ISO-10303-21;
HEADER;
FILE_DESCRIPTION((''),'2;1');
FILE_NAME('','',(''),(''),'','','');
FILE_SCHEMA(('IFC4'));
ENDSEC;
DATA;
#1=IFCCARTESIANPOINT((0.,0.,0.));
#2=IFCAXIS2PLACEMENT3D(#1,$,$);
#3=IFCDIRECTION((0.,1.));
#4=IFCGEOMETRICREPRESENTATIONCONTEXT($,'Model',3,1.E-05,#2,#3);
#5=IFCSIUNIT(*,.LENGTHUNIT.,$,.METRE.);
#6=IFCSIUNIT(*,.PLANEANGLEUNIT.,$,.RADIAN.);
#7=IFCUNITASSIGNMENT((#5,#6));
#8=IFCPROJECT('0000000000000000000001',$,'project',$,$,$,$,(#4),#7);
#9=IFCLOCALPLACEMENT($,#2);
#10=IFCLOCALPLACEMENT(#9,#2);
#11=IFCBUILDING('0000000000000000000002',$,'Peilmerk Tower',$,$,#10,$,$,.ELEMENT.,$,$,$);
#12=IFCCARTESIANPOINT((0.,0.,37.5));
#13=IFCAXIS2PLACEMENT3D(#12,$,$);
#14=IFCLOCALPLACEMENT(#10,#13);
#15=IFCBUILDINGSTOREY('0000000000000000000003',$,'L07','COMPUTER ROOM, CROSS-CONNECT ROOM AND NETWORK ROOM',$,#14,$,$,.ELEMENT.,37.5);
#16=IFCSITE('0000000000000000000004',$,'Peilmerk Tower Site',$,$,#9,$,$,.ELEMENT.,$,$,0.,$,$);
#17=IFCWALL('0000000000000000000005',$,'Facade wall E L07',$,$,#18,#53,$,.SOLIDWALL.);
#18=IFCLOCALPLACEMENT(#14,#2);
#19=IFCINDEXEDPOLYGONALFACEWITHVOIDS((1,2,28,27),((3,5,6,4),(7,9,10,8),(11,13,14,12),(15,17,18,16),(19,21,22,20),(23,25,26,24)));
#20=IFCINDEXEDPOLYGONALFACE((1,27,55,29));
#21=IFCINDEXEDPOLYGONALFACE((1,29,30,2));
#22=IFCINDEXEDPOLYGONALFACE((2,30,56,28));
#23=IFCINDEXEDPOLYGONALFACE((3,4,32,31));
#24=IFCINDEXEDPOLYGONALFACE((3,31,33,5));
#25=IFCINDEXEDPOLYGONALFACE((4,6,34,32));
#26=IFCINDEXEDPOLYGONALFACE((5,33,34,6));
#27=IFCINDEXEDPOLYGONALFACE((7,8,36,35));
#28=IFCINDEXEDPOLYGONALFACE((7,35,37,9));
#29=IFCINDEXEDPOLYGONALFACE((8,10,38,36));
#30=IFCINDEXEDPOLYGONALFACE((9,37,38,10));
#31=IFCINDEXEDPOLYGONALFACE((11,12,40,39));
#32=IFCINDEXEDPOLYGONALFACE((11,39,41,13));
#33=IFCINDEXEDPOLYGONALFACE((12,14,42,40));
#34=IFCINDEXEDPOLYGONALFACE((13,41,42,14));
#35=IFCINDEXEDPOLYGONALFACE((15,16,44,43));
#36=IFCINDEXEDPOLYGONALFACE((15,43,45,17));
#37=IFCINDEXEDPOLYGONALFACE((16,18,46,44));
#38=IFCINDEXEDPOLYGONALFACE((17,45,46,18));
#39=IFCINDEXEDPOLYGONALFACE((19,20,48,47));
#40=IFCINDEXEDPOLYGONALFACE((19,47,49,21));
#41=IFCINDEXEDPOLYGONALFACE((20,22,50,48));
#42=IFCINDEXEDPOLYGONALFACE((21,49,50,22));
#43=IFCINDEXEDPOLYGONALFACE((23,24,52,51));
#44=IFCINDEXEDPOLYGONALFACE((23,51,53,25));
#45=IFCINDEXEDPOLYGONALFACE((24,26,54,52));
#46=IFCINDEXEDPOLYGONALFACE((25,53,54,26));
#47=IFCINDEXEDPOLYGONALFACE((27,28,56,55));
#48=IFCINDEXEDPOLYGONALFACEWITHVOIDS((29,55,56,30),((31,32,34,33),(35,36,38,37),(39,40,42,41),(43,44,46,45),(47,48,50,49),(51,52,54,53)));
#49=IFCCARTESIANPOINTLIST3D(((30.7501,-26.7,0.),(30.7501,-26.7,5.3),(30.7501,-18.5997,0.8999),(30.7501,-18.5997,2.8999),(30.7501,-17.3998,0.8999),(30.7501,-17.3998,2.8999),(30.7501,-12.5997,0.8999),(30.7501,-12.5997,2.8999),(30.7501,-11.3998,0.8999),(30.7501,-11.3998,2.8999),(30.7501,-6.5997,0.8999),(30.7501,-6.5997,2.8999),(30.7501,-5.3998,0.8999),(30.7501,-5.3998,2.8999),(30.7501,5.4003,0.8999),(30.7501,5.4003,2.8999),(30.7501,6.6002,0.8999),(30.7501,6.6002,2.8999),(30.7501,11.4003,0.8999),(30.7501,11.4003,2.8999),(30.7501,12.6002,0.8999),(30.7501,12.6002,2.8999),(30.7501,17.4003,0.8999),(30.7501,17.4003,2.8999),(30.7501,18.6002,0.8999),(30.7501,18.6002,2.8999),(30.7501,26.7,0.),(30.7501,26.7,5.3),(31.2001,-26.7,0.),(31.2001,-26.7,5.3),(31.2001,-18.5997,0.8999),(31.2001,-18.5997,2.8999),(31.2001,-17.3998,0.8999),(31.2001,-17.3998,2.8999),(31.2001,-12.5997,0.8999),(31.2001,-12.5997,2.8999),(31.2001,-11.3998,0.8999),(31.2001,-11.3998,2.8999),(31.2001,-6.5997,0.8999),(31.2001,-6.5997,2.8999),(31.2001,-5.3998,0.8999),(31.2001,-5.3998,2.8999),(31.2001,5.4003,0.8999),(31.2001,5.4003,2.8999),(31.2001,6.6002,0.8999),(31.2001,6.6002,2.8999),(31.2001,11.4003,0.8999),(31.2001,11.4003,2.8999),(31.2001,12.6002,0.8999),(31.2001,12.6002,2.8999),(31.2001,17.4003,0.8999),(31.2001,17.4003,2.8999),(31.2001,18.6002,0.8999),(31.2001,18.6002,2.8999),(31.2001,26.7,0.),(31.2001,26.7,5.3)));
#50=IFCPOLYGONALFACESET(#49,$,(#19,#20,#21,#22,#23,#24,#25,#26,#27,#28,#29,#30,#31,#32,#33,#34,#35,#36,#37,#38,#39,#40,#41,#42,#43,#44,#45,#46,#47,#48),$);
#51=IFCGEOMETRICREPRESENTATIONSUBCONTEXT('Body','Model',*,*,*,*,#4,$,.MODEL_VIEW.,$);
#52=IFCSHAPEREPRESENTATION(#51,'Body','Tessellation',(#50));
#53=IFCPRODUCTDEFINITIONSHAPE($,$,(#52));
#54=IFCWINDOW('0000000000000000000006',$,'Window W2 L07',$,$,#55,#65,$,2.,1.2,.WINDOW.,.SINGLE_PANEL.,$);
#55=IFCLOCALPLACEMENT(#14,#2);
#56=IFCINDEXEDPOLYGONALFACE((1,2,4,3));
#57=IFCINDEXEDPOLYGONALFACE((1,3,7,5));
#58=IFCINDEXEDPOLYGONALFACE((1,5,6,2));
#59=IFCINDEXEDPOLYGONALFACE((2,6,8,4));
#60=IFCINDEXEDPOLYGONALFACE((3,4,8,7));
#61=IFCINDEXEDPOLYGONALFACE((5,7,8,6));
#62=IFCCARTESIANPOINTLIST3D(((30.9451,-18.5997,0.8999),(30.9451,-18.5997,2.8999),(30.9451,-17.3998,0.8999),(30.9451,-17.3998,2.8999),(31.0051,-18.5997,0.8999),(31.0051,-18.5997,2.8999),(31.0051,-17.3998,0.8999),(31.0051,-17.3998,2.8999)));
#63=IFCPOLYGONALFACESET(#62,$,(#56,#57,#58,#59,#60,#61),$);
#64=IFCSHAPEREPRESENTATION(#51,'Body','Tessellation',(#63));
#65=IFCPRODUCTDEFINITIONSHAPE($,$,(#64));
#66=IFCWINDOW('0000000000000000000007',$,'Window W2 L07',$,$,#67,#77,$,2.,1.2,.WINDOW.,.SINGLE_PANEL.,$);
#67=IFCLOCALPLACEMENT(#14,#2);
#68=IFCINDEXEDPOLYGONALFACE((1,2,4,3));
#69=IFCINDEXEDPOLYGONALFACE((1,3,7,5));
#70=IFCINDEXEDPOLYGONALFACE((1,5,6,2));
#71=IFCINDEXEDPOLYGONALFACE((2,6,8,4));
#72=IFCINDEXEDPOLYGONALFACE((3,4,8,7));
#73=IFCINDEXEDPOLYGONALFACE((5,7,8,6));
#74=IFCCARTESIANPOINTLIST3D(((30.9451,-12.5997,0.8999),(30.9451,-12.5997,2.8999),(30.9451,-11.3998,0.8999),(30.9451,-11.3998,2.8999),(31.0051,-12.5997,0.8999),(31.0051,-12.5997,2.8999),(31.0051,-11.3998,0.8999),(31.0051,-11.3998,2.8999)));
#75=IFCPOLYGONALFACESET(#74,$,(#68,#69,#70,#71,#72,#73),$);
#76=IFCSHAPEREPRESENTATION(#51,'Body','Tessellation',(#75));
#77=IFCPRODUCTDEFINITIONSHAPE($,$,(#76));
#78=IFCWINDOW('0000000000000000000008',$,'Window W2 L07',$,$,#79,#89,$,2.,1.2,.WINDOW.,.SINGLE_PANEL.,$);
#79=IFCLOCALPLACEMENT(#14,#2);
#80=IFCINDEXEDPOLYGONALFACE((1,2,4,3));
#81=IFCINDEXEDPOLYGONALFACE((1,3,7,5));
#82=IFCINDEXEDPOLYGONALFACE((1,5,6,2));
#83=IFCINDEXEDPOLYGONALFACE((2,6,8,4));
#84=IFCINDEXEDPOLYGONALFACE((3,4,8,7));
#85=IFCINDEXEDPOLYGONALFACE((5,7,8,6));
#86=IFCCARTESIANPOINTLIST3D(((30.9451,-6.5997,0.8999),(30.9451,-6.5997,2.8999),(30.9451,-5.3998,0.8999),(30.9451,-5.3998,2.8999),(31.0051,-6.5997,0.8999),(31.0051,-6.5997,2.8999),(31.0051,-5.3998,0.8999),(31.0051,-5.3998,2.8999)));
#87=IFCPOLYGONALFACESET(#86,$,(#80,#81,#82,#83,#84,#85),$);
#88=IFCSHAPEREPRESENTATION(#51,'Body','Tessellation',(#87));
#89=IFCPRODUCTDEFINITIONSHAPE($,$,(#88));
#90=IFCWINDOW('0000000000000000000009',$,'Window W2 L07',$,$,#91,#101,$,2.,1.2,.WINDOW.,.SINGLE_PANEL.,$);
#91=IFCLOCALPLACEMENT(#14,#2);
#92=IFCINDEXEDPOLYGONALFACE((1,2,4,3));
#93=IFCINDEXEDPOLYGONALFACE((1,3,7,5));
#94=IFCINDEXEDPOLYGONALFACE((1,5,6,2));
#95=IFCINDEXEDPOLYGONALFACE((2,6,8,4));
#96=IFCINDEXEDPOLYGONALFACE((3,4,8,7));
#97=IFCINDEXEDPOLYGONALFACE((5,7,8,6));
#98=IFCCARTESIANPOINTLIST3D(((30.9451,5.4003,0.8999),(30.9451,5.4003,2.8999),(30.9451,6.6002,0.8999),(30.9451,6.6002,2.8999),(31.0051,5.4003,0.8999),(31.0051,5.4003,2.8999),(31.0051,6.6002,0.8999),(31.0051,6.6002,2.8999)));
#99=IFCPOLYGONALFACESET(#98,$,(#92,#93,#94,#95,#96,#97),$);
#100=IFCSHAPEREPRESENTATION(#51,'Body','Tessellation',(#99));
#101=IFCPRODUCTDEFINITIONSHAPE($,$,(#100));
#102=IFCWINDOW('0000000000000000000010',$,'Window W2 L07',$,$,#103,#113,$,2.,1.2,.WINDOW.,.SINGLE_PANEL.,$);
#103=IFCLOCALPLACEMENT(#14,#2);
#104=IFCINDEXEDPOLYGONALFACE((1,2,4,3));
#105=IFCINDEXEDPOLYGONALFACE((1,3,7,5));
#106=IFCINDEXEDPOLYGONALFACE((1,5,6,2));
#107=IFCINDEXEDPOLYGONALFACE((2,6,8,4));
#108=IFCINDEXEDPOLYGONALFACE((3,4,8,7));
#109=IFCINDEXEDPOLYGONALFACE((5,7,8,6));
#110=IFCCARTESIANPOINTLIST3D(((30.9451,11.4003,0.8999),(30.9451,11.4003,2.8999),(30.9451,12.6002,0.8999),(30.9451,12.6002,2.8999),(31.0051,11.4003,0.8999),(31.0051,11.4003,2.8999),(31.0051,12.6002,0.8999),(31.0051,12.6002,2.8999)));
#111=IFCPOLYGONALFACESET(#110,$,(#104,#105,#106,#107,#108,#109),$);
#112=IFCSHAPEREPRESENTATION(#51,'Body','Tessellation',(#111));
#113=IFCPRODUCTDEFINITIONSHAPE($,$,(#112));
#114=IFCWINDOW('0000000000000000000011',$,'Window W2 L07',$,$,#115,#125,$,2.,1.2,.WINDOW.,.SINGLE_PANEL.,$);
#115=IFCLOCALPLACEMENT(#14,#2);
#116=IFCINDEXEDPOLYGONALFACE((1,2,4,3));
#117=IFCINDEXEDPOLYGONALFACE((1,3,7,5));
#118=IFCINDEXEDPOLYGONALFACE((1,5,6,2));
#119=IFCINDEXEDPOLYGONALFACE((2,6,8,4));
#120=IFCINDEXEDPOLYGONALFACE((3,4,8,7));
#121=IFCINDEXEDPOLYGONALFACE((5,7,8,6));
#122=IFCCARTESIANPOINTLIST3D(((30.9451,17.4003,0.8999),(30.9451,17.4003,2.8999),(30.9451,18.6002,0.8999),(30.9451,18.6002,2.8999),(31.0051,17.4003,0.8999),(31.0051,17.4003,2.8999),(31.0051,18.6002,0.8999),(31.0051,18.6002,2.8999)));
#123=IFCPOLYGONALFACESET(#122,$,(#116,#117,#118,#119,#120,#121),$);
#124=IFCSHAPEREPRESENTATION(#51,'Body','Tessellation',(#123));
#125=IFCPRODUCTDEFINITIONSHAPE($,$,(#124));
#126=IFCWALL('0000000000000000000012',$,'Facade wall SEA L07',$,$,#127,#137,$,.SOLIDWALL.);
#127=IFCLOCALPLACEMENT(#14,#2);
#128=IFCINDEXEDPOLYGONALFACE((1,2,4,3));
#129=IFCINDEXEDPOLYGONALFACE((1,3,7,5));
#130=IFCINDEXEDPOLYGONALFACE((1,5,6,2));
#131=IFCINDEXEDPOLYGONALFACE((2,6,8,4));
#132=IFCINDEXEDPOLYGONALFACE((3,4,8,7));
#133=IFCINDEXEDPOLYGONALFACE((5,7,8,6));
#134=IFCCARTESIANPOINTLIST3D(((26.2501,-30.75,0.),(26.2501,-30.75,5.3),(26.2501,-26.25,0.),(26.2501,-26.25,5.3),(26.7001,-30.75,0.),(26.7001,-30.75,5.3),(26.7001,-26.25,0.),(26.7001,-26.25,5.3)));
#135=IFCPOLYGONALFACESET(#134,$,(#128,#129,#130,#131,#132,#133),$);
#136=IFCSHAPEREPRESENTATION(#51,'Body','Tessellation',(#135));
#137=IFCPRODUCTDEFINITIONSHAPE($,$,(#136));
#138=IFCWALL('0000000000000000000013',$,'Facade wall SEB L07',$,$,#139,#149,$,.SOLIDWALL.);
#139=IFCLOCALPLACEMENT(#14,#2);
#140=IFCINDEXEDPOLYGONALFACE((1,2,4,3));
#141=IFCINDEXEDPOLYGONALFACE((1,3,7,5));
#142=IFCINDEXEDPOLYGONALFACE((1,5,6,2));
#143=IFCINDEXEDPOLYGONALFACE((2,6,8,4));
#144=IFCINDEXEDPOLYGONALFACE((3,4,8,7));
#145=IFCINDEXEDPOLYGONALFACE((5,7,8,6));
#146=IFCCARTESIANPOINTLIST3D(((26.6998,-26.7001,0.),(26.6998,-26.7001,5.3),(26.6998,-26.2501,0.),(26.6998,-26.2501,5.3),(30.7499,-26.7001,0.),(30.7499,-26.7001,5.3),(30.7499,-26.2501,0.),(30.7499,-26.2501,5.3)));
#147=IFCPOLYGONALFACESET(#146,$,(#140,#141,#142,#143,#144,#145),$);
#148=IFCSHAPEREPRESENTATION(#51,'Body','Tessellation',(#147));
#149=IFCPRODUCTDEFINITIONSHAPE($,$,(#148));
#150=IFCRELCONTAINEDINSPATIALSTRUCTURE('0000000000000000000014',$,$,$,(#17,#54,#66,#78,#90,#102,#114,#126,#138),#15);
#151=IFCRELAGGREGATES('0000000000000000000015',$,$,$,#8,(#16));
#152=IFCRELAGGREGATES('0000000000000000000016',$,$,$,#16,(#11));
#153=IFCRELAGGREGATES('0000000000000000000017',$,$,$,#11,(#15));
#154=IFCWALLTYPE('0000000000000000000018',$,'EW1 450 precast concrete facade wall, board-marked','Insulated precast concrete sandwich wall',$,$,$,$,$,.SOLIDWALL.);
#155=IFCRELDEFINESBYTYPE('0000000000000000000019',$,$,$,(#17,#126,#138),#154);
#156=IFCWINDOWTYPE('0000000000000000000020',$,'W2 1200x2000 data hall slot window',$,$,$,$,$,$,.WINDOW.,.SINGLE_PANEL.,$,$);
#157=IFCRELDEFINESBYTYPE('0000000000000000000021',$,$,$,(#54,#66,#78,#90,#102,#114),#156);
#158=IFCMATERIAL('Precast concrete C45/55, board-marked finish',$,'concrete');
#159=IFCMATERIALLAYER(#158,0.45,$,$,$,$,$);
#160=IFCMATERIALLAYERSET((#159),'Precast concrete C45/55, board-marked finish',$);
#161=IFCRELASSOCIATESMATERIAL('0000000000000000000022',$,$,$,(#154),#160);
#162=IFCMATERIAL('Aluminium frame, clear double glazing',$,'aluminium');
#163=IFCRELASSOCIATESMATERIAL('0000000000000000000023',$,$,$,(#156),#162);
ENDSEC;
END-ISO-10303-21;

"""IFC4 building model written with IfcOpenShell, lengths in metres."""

from ifc_helpers import new_model, si_unit, direction, frame, frame_2d, origin, place, context, subcontext, project, spatial, rectangle, extrude, material, layer, layer_set, type_object, element, fill, save


model = new_model("IFC4")

# Units and contexts
model_context = context("Model", 3, precision=1e-05, world=origin(), true_north=direction((0.0, 1.0)))
body_context = subcontext(model_context, "Body", "Model", "MODEL_VIEW")
ifc_project = project(units=[si_unit("LENGTHUNIT", "METRE"), si_unit("PLANEANGLEUNIT", "RADIAN")], contexts=[model_context])

# Site, building, storey
site_placement = place(None, origin())
site = spatial("IfcSite", under=ifc_project, at=site_placement, Name="Peilmerk Tower Site", CompositionType="ELEMENT", RefElevation=0.0)
building_placement = place(site_placement, origin())
building = spatial("IfcBuilding", under=site, at=building_placement, Name="Peilmerk Tower", CompositionType="ELEMENT")
storey_placement = place(building_placement, frame((0.0, 0.0, 37.5)))
storey = spatial("IfcBuildingStorey", under=building, at=storey_placement, Name="L07", Description="COMPUTER ROOM, CROSS-CONNECT ROOM AND NETWORK ROOM", CompositionType="ELEMENT", Elevation=37.5)

# Wall, openings, windows
ifc_material_1 = material(Name="Precast concrete C45/55, board-marked finish", Category="concrete")
ifc_layer = layer(ifc_material_1, 0.45)
ifc_layer_set = layer_set([ifc_layer], Name="Precast concrete C45/55, board-marked finish")
wall_type = type_object("IfcWallType", Name="EW1 450 precast concrete facade wall, board-marked", Description="Insulated precast concrete sandwich wall", PredefinedType="SOLIDWALL", material=ifc_layer_set)
wall_1_placement = place(storey_placement, frame((30.9751, -26.7, 0.0), z_axis=(0.0, 0.0, 1.0), x_axis=(0.0, 1.0, 0.0)))
wall_1 = element("IfcWall", 1, at=wall_1_placement, inside=storey, type_object=wall_type, Name="Facade wall E L07", PredefinedType="SOLIDWALL", context=body_context, shape_type="SweptSolid", body=[
    extrude(rectangle(XDim=53.3999, YDim=0.45, at=frame_2d((26.7, 0.0))), origin(), (0.0, 0.0, 1.0), 5.3),
])
opening_1_placement = place(wall_1_placement, frame((8.1001, 0.0, 0.8999)))
opening_1 = element("IfcOpeningElement", 2, at=opening_1_placement, cuts=wall_1, PredefinedType="OPENING", context=body_context, shape_type="SweptSolid", body=[
    extrude(rectangle(XDim=1.2, YDim=2.0, at=frame_2d((0.6001, 1.0))), frame((0.0, 0.2349, 0.0), z_axis=(0.0, -1.0, 0.0), x_axis=(1.0, 0.0, 0.0)), (0.0, 0.0, 1.0), 0.47),
])
opening_2_placement = place(wall_1_placement, frame((14.1001, 0.0, 0.8999)))
opening_2 = element("IfcOpeningElement", 3, at=opening_2_placement, cuts=wall_1, PredefinedType="OPENING", context=body_context, shape_type="SweptSolid", body=[
    extrude(rectangle(XDim=1.2, YDim=2.0, at=frame_2d((0.6001, 1.0))), frame((0.0, 0.2349, 0.0), z_axis=(0.0, -1.0, 0.0), x_axis=(1.0, 0.0, 0.0)), (0.0, 0.0, 1.0), 0.47),
])
opening_3_placement = place(wall_1_placement, frame((20.1001, 0.0, 0.8999)))
opening_3 = element("IfcOpeningElement", 4, at=opening_3_placement, cuts=wall_1, PredefinedType="OPENING", context=body_context, shape_type="SweptSolid", body=[
    extrude(rectangle(XDim=1.2, YDim=2.0, at=frame_2d((0.6001, 1.0))), frame((0.0, 0.2349, 0.0), z_axis=(0.0, -1.0, 0.0), x_axis=(1.0, 0.0, 0.0)), (0.0, 0.0, 1.0), 0.47),
])
opening_4_placement = place(wall_1_placement, frame((32.1001, 0.0, 0.8999)))
opening_4 = element("IfcOpeningElement", 5, at=opening_4_placement, cuts=wall_1, PredefinedType="OPENING", context=body_context, shape_type="SweptSolid", body=[
    extrude(rectangle(XDim=1.2, YDim=2.0, at=frame_2d((0.6001, 1.0))), frame((0.0, 0.2349, 0.0), z_axis=(0.0, -1.0, 0.0), x_axis=(1.0, 0.0, 0.0)), (0.0, 0.0, 1.0), 0.47),
])
opening_5_placement = place(wall_1_placement, frame((38.1001, 0.0, 0.8999)))
opening_5 = element("IfcOpeningElement", 6, at=opening_5_placement, cuts=wall_1, PredefinedType="OPENING", context=body_context, shape_type="SweptSolid", body=[
    extrude(rectangle(XDim=1.2, YDim=2.0, at=frame_2d((0.6001, 1.0))), frame((0.0, 0.2349, 0.0), z_axis=(0.0, -1.0, 0.0), x_axis=(1.0, 0.0, 0.0)), (0.0, 0.0, 1.0), 0.47),
])
opening_6_placement = place(wall_1_placement, frame((44.1001, 0.0, 0.8999)))
opening_6 = element("IfcOpeningElement", 7, at=opening_6_placement, cuts=wall_1, PredefinedType="OPENING", context=body_context, shape_type="SweptSolid", body=[
    extrude(rectangle(XDim=1.2, YDim=2.0, at=frame_2d((0.6001, 1.0))), frame((0.0, 0.2349, 0.0), z_axis=(0.0, -1.0, 0.0), x_axis=(1.0, 0.0, 0.0)), (0.0, 0.0, 1.0), 0.47),
])
ifc_material_2 = material(Name="Aluminium frame, clear double glazing", Category="aluminium")
window_type = type_object("IfcWindowType", Name="W2 1200x2000 data hall slot window", PartitioningType="SINGLE_PANEL", PredefinedType="WINDOW", material=ifc_material_2)
window_1_placement = place(opening_1_placement, origin())
window_1 = element("IfcWindow", 8, at=window_1_placement, inside=storey, type_object=window_type, Name="Window W2 L07", OverallHeight=2.0, OverallWidth=1.2, PartitioningType="SINGLE_PANEL", PredefinedType="WINDOW", context=body_context, shape_type="SweptSolid", body=[
    extrude(rectangle(XDim=1.2, YDim=2.0, at=frame_2d((0.6001, 1.0))), frame((0.0, 0.03, 0.0), z_axis=(0.0, -1.0, 0.0), x_axis=(1.0, 0.0, 0.0)), (0.0, 0.0, 1.0), 0.0601),
])
fill(opening_1, window_1)
window_2_placement = place(opening_2_placement, origin())
window_2 = element("IfcWindow", 9, at=window_2_placement, inside=storey, type_object=window_type, Name="Window W2 L07", OverallHeight=2.0, OverallWidth=1.2, PartitioningType="SINGLE_PANEL", PredefinedType="WINDOW", context=body_context, shape_type="SweptSolid", body=[
    extrude(rectangle(XDim=1.2, YDim=2.0, at=frame_2d((0.6001, 1.0))), frame((0.0, 0.03, 0.0), z_axis=(0.0, -1.0, 0.0), x_axis=(1.0, 0.0, 0.0)), (0.0, 0.0, 1.0), 0.0601),
])
fill(opening_2, window_2)
window_3_placement = place(opening_3_placement, origin())
window_3 = element("IfcWindow", 10, at=window_3_placement, inside=storey, type_object=window_type, Name="Window W2 L07", OverallHeight=2.0, OverallWidth=1.2, PartitioningType="SINGLE_PANEL", PredefinedType="WINDOW", context=body_context, shape_type="SweptSolid", body=[
    extrude(rectangle(XDim=1.2, YDim=2.0, at=frame_2d((0.6001, 1.0))), frame((0.0, 0.03, 0.0), z_axis=(0.0, -1.0, 0.0), x_axis=(1.0, 0.0, 0.0)), (0.0, 0.0, 1.0), 0.0601),
])
fill(opening_3, window_3)
window_4_placement = place(opening_4_placement, origin())
window_4 = element("IfcWindow", 11, at=window_4_placement, inside=storey, type_object=window_type, Name="Window W2 L07", OverallHeight=2.0, OverallWidth=1.2, PartitioningType="SINGLE_PANEL", PredefinedType="WINDOW", context=body_context, shape_type="SweptSolid", body=[
    extrude(rectangle(XDim=1.2, YDim=2.0, at=frame_2d((0.6001, 1.0))), frame((0.0, 0.03, 0.0), z_axis=(0.0, -1.0, 0.0), x_axis=(1.0, 0.0, 0.0)), (0.0, 0.0, 1.0), 0.0601),
])
fill(opening_4, window_4)
window_5_placement = place(opening_5_placement, origin())
window_5 = element("IfcWindow", 12, at=window_5_placement, inside=storey, type_object=window_type, Name="Window W2 L07", OverallHeight=2.0, OverallWidth=1.2, PartitioningType="SINGLE_PANEL", PredefinedType="WINDOW", context=body_context, shape_type="SweptSolid", body=[
    extrude(rectangle(XDim=1.2, YDim=2.0, at=frame_2d((0.6001, 1.0))), frame((0.0, 0.03, 0.0), z_axis=(0.0, -1.0, 0.0), x_axis=(1.0, 0.0, 0.0)), (0.0, 0.0, 1.0), 0.0601),
])
fill(opening_5, window_5)
window_6_placement = place(opening_6_placement, origin())
window_6 = element("IfcWindow", 13, at=window_6_placement, inside=storey, type_object=window_type, Name="Window W2 L07", OverallHeight=2.0, OverallWidth=1.2, PartitioningType="SINGLE_PANEL", PredefinedType="WINDOW", context=body_context, shape_type="SweptSolid", body=[
    extrude(rectangle(XDim=1.2, YDim=2.0, at=frame_2d((0.6001, 1.0))), frame((0.0, 0.03, 0.0), z_axis=(0.0, -1.0, 0.0), x_axis=(1.0, 0.0, 0.0)), (0.0, 0.0, 1.0), 0.0601),
])
fill(opening_6, window_6)

# Walls
wall_2_placement = place(storey_placement, frame((26.4751, -26.25, 0.0), z_axis=(0.0, 0.0, 1.0), x_axis=(0.0, -1.0, 0.0)))
element("IfcWall", 14, at=wall_2_placement, inside=storey, type_object=wall_type, Name="Facade wall SEA L07", PredefinedType="SOLIDWALL", context=body_context, shape_type="SweptSolid", body=[
    extrude(rectangle(XDim=4.5, YDim=0.45, at=frame_2d((2.25, 0.0))), origin(), (0.0, 0.0, 1.0), 5.3),
])
wall_3_placement = place(storey_placement, frame((26.7, -26.4751, 0.0), z_axis=(0.0, 0.0, 1.0), x_axis=(1.0, 0.0, 0.0)))
element("IfcWall", 15, at=wall_3_placement, inside=storey, type_object=wall_type, Name="Facade wall SEB L07", PredefinedType="SOLIDWALL", context=body_context, shape_type="SweptSolid", body=[
    extrude(rectangle(XDim=4.05, YDim=0.45, at=frame_2d((2.0249, 0.0))), origin(), (0.0, 0.0, 1.0), 5.3),
])

save(model, "model.ifc")
